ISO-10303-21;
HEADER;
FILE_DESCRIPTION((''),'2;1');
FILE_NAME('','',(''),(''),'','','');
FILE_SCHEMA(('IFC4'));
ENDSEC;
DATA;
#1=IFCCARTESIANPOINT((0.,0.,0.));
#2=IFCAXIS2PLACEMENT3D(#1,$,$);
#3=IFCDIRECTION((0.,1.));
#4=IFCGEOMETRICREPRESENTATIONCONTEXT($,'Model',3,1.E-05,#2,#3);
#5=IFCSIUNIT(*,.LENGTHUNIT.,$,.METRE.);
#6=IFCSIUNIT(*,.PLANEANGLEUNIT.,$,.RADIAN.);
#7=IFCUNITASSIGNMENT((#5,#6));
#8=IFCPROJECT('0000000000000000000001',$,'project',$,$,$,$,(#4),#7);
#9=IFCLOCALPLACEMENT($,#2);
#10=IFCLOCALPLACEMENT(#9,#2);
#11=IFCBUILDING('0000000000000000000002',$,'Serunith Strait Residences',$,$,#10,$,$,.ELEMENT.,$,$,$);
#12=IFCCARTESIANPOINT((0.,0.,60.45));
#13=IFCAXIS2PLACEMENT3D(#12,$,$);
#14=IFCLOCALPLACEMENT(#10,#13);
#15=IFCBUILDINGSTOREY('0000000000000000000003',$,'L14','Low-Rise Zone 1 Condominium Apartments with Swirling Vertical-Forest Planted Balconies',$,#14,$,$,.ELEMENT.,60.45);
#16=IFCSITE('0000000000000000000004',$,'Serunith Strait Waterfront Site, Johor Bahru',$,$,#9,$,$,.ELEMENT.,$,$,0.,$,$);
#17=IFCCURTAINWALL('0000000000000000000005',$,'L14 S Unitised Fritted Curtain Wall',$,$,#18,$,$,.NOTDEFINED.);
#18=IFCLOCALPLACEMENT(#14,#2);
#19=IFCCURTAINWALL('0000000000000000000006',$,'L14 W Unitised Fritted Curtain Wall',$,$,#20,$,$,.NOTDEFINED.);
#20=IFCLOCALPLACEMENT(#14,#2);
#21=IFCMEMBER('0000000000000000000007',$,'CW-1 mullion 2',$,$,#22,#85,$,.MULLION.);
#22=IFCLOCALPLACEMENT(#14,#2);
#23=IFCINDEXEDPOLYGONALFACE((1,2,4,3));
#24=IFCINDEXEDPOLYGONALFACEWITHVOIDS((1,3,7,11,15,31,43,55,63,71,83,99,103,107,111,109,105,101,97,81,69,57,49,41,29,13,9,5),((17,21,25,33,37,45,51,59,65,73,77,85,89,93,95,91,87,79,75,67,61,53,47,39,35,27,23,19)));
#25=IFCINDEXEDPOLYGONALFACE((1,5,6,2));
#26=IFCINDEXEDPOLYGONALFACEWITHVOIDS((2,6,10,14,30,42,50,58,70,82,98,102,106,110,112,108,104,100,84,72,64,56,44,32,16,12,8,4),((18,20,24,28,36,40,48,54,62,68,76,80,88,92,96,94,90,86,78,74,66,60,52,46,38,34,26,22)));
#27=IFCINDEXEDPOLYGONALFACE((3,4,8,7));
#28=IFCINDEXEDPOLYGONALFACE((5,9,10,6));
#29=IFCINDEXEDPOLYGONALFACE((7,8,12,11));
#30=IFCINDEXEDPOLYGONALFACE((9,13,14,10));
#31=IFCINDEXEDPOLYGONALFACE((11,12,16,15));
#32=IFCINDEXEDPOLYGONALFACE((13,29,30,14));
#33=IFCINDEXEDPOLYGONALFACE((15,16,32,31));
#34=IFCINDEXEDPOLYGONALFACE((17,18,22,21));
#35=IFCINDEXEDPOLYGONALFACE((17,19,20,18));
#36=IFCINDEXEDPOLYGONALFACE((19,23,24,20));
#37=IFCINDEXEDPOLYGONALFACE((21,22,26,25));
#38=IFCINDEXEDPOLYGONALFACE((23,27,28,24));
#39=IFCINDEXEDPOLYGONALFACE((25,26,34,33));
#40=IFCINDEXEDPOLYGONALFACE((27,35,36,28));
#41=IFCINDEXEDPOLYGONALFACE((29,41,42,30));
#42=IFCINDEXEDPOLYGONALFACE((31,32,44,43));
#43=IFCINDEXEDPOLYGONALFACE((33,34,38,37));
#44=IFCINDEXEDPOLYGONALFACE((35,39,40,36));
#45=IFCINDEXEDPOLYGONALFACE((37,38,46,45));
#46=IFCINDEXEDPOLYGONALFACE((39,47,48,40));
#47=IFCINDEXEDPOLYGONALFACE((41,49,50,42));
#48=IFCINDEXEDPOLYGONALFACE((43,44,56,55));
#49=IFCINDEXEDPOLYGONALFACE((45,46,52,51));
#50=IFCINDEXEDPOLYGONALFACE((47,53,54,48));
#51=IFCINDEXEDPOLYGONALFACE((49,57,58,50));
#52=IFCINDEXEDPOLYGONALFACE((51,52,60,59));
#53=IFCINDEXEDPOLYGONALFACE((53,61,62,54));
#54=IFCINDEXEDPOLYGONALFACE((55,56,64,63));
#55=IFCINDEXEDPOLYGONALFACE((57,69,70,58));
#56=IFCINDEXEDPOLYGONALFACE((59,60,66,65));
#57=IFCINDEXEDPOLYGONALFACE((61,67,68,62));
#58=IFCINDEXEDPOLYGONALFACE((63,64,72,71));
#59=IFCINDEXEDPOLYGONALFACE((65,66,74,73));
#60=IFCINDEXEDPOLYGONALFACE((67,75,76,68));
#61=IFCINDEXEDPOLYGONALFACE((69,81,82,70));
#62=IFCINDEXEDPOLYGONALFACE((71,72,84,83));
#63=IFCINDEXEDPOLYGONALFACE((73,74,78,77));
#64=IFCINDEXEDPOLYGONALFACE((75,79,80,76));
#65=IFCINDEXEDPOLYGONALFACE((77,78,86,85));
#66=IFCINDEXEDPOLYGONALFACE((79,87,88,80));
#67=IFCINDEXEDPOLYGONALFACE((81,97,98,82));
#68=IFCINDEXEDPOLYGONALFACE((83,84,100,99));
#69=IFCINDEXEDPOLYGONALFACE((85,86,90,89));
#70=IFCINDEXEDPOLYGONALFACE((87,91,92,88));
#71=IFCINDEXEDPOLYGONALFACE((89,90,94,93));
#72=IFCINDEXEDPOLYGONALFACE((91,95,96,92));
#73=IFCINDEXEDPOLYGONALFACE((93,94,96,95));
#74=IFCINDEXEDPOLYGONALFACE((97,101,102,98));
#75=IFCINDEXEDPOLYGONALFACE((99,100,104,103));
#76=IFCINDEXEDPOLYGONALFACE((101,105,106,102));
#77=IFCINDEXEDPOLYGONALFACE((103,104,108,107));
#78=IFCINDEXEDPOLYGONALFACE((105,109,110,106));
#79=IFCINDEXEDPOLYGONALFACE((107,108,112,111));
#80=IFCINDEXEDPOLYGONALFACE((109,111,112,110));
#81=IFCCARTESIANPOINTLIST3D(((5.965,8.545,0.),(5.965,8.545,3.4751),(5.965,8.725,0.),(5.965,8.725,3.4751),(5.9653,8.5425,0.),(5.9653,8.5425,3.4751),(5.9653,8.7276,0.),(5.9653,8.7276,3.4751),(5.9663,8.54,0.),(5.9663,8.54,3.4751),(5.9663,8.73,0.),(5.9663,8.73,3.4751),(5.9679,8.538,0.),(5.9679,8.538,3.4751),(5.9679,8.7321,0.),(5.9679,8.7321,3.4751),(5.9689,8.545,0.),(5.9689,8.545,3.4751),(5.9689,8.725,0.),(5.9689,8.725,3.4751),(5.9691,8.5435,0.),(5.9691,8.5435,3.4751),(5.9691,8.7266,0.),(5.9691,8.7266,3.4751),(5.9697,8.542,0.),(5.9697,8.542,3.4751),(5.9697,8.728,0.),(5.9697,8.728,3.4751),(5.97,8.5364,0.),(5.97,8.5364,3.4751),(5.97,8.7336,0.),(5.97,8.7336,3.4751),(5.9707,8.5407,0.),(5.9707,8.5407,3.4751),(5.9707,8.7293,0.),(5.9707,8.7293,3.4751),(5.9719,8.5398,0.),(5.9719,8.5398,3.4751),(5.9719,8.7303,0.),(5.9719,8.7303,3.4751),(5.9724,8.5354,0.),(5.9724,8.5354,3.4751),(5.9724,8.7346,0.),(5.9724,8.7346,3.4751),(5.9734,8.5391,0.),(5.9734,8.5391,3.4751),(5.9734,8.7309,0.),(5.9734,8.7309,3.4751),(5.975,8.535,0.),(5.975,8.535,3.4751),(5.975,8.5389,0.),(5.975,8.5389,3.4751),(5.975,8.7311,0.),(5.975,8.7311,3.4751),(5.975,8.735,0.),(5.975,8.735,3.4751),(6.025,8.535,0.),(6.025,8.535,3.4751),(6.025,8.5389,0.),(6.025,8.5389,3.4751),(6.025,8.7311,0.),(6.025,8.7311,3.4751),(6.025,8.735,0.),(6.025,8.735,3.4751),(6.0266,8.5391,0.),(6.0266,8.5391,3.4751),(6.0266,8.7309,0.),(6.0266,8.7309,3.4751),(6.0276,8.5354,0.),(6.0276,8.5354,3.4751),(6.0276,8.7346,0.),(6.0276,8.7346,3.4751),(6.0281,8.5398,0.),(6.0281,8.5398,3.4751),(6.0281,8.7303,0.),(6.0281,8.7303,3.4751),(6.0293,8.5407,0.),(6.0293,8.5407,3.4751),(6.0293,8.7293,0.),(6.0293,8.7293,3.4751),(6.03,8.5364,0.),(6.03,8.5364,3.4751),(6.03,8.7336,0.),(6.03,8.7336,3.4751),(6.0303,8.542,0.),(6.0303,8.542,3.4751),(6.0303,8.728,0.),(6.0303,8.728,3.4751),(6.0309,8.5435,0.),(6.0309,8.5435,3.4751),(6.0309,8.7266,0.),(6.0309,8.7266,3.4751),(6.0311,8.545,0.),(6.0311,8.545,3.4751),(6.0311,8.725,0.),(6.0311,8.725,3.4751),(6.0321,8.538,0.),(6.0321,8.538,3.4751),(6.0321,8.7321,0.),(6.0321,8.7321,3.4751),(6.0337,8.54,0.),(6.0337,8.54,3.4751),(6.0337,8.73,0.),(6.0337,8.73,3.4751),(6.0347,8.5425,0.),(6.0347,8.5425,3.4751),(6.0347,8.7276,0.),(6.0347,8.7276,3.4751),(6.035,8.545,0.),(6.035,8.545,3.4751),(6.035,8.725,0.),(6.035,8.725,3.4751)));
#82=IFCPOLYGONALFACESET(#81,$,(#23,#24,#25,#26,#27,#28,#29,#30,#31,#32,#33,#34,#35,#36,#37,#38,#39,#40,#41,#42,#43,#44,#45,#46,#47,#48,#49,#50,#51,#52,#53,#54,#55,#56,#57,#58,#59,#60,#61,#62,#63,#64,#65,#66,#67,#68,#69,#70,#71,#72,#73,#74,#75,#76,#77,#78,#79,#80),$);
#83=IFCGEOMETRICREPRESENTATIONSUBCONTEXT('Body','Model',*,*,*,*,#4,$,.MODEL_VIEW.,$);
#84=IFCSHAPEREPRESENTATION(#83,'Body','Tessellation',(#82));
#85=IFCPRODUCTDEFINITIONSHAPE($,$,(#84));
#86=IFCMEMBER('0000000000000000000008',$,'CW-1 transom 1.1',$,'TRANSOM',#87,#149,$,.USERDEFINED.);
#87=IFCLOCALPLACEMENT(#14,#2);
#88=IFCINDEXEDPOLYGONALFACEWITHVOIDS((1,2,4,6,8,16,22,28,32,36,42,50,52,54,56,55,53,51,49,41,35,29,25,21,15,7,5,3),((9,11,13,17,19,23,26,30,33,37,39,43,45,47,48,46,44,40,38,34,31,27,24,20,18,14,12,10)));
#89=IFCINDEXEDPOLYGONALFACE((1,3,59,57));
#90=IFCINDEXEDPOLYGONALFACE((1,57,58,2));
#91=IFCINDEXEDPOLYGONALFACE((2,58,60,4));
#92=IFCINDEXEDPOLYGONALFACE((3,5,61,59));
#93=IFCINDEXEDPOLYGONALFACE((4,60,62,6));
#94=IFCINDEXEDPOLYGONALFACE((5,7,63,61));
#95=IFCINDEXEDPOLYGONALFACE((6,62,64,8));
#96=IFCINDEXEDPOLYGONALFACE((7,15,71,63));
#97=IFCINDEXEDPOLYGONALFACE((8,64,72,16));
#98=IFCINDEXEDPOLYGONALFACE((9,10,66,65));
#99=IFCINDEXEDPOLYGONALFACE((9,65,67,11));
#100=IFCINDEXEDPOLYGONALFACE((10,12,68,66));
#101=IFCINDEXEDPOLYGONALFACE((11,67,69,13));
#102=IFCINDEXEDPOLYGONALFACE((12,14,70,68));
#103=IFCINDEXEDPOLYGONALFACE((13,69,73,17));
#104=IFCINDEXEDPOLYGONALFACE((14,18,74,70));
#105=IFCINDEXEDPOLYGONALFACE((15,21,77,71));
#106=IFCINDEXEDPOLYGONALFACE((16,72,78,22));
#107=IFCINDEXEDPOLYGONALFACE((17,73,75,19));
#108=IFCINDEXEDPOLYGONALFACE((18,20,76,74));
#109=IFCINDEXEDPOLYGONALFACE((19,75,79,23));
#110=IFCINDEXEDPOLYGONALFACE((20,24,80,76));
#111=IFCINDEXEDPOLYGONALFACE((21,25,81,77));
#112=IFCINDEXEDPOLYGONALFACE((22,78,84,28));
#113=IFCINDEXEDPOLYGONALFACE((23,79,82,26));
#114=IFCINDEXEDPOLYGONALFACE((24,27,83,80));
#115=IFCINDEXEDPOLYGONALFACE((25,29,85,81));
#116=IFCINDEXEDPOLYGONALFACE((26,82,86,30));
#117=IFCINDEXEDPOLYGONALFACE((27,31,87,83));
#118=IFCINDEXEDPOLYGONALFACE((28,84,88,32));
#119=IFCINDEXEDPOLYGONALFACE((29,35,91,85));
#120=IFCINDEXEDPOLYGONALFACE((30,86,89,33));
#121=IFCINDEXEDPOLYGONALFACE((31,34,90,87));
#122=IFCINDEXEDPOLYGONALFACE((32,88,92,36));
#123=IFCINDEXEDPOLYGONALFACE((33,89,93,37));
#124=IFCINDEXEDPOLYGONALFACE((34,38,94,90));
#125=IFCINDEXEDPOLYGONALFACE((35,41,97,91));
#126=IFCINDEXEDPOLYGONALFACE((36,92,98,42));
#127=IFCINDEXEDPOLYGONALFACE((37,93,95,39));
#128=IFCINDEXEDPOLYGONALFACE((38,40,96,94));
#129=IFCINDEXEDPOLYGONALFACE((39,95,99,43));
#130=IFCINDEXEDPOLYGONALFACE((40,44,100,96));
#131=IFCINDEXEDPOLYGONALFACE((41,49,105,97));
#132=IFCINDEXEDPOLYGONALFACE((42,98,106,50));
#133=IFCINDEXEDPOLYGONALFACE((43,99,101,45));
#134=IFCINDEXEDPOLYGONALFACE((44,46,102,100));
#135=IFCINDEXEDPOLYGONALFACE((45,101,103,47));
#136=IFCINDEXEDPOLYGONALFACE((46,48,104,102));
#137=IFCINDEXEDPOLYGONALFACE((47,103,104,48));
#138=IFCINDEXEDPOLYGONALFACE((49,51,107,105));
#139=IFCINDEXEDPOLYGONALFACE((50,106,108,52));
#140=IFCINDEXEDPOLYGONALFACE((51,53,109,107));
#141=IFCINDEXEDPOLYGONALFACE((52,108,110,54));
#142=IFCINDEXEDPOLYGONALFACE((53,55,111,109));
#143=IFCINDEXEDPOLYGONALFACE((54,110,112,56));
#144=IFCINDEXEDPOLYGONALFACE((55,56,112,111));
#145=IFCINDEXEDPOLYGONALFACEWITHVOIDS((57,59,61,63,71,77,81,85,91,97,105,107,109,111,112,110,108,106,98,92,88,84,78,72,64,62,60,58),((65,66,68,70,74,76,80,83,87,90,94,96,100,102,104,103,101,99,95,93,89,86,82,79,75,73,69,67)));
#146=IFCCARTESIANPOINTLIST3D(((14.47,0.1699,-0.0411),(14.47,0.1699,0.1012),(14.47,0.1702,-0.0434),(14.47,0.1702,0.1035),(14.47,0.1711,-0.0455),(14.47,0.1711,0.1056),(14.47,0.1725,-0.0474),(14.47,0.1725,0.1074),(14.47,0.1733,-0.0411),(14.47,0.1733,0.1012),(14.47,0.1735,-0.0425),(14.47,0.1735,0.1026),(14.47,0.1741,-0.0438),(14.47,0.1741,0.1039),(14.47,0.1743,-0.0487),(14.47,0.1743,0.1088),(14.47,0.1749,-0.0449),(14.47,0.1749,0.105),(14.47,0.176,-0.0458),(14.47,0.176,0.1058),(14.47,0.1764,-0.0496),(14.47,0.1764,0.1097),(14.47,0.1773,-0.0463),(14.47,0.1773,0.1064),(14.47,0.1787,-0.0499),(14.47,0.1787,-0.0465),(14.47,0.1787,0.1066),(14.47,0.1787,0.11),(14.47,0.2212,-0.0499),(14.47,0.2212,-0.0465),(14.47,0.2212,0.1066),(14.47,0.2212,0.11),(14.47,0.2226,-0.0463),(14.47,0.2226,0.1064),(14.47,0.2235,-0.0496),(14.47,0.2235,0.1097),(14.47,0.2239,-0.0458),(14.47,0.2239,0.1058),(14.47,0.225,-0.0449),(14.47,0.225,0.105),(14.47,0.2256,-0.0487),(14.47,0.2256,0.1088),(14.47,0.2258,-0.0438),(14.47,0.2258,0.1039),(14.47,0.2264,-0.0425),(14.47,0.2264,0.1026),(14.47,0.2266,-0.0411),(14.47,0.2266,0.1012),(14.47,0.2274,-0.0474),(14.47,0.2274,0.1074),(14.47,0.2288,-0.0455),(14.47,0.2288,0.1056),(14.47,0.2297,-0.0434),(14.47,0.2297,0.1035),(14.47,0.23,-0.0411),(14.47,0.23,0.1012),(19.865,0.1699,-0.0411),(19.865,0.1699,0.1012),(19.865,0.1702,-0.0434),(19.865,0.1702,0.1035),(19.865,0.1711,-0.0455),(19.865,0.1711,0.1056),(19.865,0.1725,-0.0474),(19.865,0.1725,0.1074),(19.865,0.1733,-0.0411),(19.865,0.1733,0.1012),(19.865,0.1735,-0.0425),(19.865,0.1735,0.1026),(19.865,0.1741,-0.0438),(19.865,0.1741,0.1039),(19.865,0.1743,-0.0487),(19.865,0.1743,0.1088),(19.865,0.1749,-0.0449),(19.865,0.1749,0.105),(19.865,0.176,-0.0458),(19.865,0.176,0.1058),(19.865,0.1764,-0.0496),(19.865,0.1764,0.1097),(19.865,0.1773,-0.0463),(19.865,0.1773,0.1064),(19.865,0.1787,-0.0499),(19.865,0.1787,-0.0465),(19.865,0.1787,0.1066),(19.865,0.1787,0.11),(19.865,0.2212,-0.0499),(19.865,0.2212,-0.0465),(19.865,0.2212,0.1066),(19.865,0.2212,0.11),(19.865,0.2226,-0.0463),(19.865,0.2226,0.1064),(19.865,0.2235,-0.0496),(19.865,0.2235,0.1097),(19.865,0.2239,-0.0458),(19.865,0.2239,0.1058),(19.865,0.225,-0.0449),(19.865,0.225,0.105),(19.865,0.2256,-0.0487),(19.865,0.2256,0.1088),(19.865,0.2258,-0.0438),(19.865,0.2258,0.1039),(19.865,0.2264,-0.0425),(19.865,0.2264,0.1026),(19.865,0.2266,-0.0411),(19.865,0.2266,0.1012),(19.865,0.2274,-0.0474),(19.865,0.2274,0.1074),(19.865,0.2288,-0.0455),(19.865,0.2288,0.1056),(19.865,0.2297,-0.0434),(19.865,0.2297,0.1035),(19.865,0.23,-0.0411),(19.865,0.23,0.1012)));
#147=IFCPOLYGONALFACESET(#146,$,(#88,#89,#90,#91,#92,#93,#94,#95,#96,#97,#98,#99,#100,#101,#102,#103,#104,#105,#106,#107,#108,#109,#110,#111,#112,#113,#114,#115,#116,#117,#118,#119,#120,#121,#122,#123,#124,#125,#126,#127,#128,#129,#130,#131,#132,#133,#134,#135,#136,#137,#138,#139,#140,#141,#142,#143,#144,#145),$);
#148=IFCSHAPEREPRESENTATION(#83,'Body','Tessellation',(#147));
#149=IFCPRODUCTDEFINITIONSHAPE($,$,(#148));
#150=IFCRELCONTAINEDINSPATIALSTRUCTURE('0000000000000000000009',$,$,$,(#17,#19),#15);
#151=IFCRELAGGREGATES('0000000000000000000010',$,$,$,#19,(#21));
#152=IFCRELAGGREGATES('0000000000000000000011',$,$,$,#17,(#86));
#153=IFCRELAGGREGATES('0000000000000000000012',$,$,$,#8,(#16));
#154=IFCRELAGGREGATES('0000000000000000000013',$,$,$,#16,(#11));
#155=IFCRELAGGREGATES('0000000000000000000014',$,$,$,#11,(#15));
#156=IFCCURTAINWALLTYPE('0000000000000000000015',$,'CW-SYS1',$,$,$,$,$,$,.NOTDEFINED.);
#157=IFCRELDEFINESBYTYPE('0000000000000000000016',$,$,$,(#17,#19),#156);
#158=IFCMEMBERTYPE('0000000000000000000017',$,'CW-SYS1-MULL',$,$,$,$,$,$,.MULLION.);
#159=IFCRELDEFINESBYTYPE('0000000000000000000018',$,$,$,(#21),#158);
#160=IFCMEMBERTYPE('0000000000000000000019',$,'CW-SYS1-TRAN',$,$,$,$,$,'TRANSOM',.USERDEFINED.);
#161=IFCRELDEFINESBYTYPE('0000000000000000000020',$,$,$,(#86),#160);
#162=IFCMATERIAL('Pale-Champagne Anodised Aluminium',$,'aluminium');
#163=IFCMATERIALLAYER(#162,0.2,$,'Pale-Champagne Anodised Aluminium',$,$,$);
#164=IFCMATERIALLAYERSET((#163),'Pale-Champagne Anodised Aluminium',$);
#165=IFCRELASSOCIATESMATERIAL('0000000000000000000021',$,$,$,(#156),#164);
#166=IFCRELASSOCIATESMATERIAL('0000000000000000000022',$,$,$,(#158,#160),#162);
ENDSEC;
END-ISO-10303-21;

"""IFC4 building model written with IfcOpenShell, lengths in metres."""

from ifc_helpers import new_model, si_unit, direction, frame, origin, origin_2d, place, context, subcontext, project, spatial, hollow_rectangle, extrude, source, transform, mapped, material, layer, layer_set, material_profile, profile_set, type_object, element, aggregate, save


model = new_model("IFC4")

# Units and contexts
model_context = context("Model", 3, precision=1e-05, world=origin(), true_north=direction((0.0, 1.0)))
body_context = subcontext(model_context, "Body", "Model", "MODEL_VIEW")
ifc_project = project(units=[si_unit("LENGTHUNIT", "METRE"), si_unit("PLANEANGLEUNIT", "RADIAN")], contexts=[model_context])

# Site, building, storey
site_placement = place(None, origin())
site = spatial("IfcSite", under=ifc_project, at=site_placement, Name="Serunith Strait Waterfront Site, Johor Bahru", CompositionType="ELEMENT", RefElevation=0.0)
building_placement = place(site_placement, origin())
building = spatial("IfcBuilding", under=site, at=building_placement, Name="Serunith Strait Residences", CompositionType="ELEMENT")
storey_placement = place(building_placement, frame((0.0, 0.0, 60.45)))
storey = spatial("IfcBuildingStorey", under=building, at=storey_placement, Name="L14", Description="Low-Rise Zone 1 Condominium Apartments with Swirling Vertical-Forest Planted Balconies", CompositionType="ELEMENT", Elevation=60.45)

# Curtain walls, member
ifc_material_1 = material(Name="Pale-Champagne Anodised Aluminium", Category="aluminium")
ifc_layer_1 = layer(ifc_material_1, 0.2, Name="Pale-Champagne Anodised Aluminium")
ifc_layer_set_1 = layer_set([ifc_layer_1], Name="Pale-Champagne Anodised Aluminium")
curtain_wall_type = type_object("IfcCurtainWallType", Name="CW-SYS1", PredefinedType="NOTDEFINED", material=ifc_layer_set_1)
curtain_wall_1_placement = place(storey_placement, origin())
curtain_wall_1 = element("IfcCurtainWall", 1, at=curtain_wall_1_placement, inside=storey, type_object=curtain_wall_type, Name="L14 S Unitised Fritted Curtain Wall", PredefinedType="NOTDEFINED")
ifc_material_profile_1 = material_profile(ifc_material_1, hollow_rectangle(XDim=0.0701, YDim=0.2, WallThickness=0.0039, InnerFilletRadius=0.0061, OuterFilletRadius=0.01, at=origin_2d()), Name="ALU 200x70x4")
ifc_profile_set_1 = profile_set([ifc_material_profile_1], Name="Pale-Champagne Anodised Aluminium")
member_type_1 = type_object("IfcMemberType", Name="CW-SYS1-MULL", PredefinedType="MULLION", material=ifc_profile_set_1)
shared_shape_1 = source(origin(), body_context, "Body", "SweptSolid", [
    extrude(hollow_rectangle(XDim=0.0701, YDim=0.2, WallThickness=0.0039, InnerFilletRadius=0.0061, OuterFilletRadius=0.01, at=origin_2d()), origin(), (0.0, 0.0, 1.0), 3.4751),
])
curtain_wall_2_placement = place(storey_placement, origin())
curtain_wall_2 = element("IfcCurtainWall", 2, at=curtain_wall_2_placement, inside=storey, type_object=curtain_wall_type, Name="L14 W Unitised Fritted Curtain Wall", PredefinedType="NOTDEFINED")
member_1_placement = place(storey_placement, frame((6.0, 8.635, 0.0), z_axis=(0.0, 0.0, 1.0), x_axis=(1.0, 0.0, 0.0)))
member_1 = element("IfcMember", 3, at=member_1_placement, type_object=member_type_1, Name="CW-1 mullion 2", PredefinedType="MULLION", context=body_context, shape_type="MappedRepresentation", body=[
    mapped(shared_shape_1, transform((0.0, 0.0, 0.0), scale=1.0)),
])
aggregate(curtain_wall_2, [member_1])

# Member
ifc_material_profile_2 = material_profile(ifc_material_1, hollow_rectangle(XDim=0.0601, YDim=0.1599, WallThickness=0.0034, InnerFilletRadius=0.0054, OuterFilletRadius=0.0088, at=origin_2d()), Name="ALU 160x60x3.5")
ifc_profile_set_2 = profile_set([ifc_material_profile_2], Name="Pale-Champagne Anodised Aluminium")
member_type_2 = type_object("IfcMemberType", Name="CW-SYS1-TRAN", ElementType="TRANSOM", PredefinedType="USERDEFINED", material=ifc_profile_set_2)
shared_shape_2 = source(origin(), body_context, "Body", "SweptSolid", [
    extrude(hollow_rectangle(XDim=0.0601, YDim=0.1599, WallThickness=0.0034, InnerFilletRadius=0.0054, OuterFilletRadius=0.0088, at=origin_2d()), origin(), (0.0, 0.0, 1.0), 5.395),
])
member_2_placement = place(storey_placement, frame((14.47, 0.2, 0.03), z_axis=(1.0, 0.0, 0.0), x_axis=(0.0, 1.0, 0.0)))
member_2 = element("IfcMember", 4, at=member_2_placement, type_object=member_type_2, Name="CW-1 transom 1.1", ObjectType="TRANSOM", PredefinedType="USERDEFINED", context=body_context, shape_type="MappedRepresentation", body=[
    mapped(shared_shape_2, transform((0.0, 0.0, 0.0), scale=1.0)),
])

aggregate(curtain_wall_1, [member_2])

save(model, "model.ifc")
